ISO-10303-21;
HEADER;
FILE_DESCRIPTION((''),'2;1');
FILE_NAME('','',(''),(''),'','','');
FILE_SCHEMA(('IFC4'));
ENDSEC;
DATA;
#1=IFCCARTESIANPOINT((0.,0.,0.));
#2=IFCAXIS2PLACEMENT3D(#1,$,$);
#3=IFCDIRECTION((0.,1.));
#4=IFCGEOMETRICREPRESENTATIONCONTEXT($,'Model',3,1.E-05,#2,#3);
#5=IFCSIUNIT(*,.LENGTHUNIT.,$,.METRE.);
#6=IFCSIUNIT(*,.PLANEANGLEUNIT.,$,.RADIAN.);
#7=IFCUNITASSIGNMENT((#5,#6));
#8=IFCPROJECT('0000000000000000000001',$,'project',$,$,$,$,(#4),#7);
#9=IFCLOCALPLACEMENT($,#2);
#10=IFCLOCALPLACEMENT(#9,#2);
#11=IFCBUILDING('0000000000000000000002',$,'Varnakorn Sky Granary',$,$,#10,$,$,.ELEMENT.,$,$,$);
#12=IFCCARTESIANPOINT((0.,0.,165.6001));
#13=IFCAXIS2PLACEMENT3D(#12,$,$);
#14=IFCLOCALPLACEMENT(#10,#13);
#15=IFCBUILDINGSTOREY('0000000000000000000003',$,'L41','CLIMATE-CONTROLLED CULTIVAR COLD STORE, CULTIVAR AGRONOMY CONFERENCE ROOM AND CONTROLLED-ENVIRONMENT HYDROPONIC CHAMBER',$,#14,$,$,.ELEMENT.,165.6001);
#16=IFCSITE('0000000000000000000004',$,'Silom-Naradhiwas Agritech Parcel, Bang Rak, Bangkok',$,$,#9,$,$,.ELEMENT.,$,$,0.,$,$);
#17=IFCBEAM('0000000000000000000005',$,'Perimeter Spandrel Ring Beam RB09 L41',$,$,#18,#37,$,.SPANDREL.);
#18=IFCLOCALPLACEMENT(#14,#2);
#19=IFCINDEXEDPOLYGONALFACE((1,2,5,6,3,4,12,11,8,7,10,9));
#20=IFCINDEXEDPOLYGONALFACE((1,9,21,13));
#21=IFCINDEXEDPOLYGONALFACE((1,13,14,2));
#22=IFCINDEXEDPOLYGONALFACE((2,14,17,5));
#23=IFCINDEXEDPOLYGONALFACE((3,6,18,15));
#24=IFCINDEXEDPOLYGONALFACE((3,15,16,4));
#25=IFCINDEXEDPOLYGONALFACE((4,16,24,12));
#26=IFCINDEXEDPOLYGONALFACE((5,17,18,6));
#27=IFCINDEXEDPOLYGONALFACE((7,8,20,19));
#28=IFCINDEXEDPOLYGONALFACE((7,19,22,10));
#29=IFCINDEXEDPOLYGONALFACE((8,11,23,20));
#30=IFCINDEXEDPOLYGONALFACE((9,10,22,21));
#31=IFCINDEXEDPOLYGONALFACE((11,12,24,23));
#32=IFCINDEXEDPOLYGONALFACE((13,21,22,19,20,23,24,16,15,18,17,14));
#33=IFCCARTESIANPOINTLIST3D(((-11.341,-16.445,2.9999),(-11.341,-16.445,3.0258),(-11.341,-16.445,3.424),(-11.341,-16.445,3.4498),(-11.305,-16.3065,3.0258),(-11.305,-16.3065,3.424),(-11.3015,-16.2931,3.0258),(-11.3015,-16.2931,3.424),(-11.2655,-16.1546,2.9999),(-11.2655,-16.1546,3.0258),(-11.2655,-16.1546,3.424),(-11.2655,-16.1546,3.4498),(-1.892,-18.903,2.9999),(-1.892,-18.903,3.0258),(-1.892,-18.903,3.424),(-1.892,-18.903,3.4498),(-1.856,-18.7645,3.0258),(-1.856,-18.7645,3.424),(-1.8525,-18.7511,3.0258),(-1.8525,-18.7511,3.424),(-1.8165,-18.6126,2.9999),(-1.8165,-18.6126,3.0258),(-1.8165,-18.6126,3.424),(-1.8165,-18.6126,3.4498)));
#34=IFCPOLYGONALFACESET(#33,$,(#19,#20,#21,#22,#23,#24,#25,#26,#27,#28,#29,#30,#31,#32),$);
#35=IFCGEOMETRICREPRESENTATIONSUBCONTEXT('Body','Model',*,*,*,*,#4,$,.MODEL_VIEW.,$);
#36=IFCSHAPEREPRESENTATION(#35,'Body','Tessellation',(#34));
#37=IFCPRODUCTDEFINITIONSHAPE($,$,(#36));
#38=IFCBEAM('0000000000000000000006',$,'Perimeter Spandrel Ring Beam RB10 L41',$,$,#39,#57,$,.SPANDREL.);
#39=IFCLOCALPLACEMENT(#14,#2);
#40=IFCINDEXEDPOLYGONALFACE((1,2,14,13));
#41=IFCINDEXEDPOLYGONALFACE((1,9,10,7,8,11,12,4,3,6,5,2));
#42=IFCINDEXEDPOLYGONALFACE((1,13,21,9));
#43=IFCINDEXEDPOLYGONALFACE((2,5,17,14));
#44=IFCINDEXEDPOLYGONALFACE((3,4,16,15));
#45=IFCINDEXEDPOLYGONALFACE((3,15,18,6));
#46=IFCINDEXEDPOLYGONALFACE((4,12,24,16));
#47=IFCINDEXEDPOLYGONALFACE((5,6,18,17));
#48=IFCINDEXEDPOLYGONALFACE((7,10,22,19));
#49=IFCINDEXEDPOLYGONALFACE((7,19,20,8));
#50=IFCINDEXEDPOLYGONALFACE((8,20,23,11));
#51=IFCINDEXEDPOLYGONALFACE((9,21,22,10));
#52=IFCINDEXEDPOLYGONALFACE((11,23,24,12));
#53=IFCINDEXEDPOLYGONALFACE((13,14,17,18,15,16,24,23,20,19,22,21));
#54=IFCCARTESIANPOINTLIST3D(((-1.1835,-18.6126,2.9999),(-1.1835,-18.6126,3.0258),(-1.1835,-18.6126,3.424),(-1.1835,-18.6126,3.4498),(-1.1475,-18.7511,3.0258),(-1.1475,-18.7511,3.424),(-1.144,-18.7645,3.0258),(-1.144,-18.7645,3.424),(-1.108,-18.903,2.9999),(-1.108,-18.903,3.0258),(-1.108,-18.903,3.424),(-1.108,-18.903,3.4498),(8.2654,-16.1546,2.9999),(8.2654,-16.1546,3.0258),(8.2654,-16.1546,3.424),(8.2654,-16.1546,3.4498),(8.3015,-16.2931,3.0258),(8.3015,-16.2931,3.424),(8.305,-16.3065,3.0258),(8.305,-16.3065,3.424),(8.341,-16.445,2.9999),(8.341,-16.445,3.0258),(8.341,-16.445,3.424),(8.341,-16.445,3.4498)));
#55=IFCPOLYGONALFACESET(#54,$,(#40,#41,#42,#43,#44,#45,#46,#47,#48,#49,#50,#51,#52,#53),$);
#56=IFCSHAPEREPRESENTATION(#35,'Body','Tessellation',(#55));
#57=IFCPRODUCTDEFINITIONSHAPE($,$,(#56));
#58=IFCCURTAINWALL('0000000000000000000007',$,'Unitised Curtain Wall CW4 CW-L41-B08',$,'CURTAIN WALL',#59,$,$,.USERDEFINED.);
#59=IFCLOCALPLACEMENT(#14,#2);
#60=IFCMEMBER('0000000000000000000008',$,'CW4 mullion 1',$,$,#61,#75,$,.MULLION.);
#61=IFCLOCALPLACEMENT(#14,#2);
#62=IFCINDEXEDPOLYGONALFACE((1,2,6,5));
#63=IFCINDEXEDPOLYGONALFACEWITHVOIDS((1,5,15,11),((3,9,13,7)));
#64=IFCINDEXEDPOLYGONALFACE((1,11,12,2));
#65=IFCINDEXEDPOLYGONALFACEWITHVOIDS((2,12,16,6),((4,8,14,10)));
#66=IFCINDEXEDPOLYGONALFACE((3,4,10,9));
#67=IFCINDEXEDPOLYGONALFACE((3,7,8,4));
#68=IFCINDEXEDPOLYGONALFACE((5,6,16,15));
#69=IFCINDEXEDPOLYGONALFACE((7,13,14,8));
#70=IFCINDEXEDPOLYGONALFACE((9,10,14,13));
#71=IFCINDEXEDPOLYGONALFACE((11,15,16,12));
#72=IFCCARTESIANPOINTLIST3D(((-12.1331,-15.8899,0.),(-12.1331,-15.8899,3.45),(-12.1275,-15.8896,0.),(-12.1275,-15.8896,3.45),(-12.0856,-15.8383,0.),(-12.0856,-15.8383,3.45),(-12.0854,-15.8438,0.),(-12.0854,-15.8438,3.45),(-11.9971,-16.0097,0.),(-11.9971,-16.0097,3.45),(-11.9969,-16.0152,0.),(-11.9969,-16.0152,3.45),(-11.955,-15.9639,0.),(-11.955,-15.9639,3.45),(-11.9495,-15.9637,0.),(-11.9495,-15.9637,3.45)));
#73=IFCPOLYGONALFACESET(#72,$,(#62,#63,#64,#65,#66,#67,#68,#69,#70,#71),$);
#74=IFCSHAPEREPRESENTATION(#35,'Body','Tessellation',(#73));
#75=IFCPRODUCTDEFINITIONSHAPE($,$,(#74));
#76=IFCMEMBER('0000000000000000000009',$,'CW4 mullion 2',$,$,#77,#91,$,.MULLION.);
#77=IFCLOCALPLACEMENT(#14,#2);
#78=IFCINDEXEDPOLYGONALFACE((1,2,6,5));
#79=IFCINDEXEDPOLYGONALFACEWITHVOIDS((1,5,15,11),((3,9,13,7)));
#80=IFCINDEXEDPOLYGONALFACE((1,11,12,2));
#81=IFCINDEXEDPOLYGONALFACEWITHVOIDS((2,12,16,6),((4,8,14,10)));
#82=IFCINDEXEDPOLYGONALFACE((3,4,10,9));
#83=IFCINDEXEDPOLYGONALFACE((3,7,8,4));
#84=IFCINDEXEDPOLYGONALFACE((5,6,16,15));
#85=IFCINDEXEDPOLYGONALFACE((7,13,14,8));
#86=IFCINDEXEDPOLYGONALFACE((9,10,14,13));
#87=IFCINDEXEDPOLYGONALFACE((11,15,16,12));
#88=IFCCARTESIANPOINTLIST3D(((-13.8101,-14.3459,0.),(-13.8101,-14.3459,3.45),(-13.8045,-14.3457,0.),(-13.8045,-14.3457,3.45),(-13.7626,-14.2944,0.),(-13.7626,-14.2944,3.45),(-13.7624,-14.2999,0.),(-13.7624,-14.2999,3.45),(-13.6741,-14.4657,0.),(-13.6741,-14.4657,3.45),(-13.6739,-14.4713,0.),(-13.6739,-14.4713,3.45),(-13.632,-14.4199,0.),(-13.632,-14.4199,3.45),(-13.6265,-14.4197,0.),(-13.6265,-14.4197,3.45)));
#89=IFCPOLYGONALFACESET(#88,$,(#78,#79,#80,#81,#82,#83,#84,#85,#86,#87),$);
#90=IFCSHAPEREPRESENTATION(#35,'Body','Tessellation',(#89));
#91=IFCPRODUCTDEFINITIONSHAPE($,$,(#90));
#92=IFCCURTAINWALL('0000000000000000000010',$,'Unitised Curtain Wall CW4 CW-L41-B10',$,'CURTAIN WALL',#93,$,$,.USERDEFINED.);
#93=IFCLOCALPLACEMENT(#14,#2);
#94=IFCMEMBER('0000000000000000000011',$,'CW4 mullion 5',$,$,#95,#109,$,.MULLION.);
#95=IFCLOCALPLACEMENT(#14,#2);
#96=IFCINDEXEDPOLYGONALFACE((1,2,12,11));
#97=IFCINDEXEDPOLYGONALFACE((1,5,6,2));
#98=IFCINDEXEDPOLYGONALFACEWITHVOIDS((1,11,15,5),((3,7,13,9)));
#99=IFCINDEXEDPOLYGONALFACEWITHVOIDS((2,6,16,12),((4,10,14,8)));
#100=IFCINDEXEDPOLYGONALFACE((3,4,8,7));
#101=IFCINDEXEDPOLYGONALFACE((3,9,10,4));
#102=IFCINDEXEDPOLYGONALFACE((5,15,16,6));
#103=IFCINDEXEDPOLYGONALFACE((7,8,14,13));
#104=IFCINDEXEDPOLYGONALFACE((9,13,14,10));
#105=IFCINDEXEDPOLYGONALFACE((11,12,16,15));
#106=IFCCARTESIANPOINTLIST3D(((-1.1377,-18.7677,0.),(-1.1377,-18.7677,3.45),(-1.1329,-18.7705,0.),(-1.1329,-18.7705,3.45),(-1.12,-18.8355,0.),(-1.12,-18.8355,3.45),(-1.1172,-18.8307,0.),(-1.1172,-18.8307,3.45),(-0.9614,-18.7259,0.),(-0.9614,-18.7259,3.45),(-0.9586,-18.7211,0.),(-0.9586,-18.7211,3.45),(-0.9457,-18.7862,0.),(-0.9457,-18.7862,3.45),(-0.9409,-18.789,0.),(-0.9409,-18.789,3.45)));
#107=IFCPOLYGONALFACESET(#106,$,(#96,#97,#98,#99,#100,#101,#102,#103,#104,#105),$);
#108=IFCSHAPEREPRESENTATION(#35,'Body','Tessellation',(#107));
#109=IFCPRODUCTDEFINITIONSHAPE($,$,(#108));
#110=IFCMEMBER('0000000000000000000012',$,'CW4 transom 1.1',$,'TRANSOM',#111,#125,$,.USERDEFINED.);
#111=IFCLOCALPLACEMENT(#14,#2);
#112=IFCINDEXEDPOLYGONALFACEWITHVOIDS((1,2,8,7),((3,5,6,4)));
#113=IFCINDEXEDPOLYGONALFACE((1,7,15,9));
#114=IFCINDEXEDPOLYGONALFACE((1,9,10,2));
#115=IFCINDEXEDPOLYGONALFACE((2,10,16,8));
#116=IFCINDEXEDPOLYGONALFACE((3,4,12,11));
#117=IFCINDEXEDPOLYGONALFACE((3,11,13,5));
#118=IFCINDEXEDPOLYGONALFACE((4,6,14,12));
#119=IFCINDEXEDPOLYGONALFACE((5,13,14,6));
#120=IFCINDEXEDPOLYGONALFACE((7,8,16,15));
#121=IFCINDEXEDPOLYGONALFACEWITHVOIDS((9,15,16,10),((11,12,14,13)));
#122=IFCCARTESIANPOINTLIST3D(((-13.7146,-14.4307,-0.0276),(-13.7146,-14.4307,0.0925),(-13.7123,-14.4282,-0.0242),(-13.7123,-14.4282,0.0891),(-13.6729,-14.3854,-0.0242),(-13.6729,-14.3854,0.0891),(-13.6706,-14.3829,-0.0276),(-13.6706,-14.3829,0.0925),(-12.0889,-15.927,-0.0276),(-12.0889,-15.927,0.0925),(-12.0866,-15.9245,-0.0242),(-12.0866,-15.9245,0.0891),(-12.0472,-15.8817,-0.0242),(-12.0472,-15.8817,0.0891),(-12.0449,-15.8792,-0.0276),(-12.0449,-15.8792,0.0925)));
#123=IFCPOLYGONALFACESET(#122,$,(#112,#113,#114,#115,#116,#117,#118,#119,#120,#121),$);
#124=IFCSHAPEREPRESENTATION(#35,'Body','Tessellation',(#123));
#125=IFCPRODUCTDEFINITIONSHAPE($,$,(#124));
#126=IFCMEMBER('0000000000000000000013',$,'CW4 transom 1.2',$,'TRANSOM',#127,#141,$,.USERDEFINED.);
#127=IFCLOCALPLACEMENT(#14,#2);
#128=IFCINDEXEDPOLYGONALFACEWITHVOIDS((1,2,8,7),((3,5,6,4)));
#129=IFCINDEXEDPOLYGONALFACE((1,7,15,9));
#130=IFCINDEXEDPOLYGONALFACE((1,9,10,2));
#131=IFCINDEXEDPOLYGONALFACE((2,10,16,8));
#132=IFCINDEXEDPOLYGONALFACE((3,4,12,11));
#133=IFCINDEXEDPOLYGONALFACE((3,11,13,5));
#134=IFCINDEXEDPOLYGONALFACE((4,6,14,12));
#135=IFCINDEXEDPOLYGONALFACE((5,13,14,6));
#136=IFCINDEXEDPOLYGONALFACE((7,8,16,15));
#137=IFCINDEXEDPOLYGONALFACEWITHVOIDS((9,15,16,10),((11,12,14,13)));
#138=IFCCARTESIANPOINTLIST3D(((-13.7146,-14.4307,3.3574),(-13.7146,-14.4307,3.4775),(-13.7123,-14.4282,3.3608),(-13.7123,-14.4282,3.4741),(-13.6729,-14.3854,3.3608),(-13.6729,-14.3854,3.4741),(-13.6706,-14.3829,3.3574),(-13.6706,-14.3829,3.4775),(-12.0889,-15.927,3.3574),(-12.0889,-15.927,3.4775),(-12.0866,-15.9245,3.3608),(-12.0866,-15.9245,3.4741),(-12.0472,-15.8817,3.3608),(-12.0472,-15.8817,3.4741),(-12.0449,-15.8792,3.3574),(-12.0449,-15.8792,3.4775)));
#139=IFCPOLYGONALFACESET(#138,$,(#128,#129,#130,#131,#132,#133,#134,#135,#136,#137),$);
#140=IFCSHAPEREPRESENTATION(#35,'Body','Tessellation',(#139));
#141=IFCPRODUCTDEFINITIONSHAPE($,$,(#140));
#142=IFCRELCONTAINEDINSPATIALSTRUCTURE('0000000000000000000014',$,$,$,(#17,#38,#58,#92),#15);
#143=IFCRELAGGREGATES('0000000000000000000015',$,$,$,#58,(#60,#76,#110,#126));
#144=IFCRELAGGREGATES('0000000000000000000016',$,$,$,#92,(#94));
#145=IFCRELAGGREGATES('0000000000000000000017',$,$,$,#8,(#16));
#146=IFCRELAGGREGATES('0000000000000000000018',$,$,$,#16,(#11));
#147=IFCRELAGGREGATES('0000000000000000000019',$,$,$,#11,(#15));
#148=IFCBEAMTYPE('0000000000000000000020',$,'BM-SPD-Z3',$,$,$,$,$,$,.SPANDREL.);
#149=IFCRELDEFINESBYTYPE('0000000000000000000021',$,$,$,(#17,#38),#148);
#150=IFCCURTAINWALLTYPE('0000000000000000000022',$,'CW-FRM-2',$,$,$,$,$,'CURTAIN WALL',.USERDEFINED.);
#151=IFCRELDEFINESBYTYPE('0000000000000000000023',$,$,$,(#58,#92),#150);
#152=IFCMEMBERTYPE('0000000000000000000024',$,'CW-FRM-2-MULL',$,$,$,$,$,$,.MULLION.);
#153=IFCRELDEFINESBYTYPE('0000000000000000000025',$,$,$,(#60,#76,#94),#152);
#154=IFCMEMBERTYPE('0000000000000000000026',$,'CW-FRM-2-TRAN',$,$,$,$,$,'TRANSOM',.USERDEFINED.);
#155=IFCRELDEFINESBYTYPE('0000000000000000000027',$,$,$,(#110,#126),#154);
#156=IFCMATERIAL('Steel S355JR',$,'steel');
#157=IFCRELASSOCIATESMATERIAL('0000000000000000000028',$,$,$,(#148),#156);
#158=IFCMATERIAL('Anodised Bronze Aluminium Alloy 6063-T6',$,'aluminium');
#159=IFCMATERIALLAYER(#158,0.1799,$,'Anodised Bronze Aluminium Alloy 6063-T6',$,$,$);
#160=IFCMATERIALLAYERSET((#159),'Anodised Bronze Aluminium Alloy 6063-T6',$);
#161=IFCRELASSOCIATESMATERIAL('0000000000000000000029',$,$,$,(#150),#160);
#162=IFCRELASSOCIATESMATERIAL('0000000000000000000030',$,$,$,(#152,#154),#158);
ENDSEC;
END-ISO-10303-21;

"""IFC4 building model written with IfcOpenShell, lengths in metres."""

from ifc_helpers import new_model, si_unit, direction, frame, origin, origin_2d, place, context, subcontext, project, spatial, hollow_rectangle, i_section, extrude, material, layer, layer_set, material_profile, profile_set, type_object, element, aggregate, save


model = new_model("IFC4")

# Units and contexts
model_context = context("Model", 3, precision=1e-05, world=origin(), true_north=direction((0.0, 1.0)))
body_context = subcontext(model_context, "Body", "Model", "MODEL_VIEW")
ifc_project = project(units=[si_unit("LENGTHUNIT", "METRE"), si_unit("PLANEANGLEUNIT", "RADIAN")], contexts=[model_context])

# Site, building, storey
site_placement = place(None, origin())
site = spatial("IfcSite", under=ifc_project, at=site_placement, Name="Silom-Naradhiwas Agritech Parcel, Bang Rak, Bangkok", CompositionType="ELEMENT", RefElevation=0.0)
building_placement = place(site_placement, origin())
building = spatial("IfcBuilding", under=site, at=building_placement, Name="Varnakorn Sky Granary", CompositionType="ELEMENT")
storey_placement = place(building_placement, frame((0.0, 0.0, 165.6001)))
storey = spatial("IfcBuildingStorey", under=building, at=storey_placement, Name="L41", Description="CLIMATE-CONTROLLED CULTIVAR COLD STORE, CULTIVAR AGRONOMY CONFERENCE ROOM AND CONTROLLED-ENVIRONMENT HYDROPONIC CHAMBER", CompositionType="ELEMENT", Elevation=165.6001)

# Beams
ifc_material_1 = material(Name="Steel S355JR", Category="steel")
ifc_material_profile_1 = material_profile(ifc_material_1, i_section(OverallWidth=0.3, OverallDepth=0.45, WebThickness=0.0139, FlangeThickness=0.0259, at=origin_2d()), Name="HE 450 B")
ifc_profile_set_1 = profile_set([ifc_material_profile_1], Name="Steel S355JR")
beam_type_1 = type_object("IfcBeamType", Name="BM-SPD-Z3", PredefinedType="SPANDREL", material=ifc_profile_set_1)
for number, where, z_axis, x_axis, name in (
    (1, (-11.3032, -16.2998, 3.2249), (0.967791, -0.251756, 0.0), (0.251756, 0.967791, 0.0), "Perimeter Spandrel Ring Beam RB09 L41"),
    (2, (-1.1458, -18.7578, 3.2249), (0.967791, 0.251756, 0.0), (-0.251756, 0.967791, 0.0), "Perimeter Spandrel Ring Beam RB10 L41"),
):
    element("IfcBeam", number, at=place(storey_placement, frame(where, z_axis=z_axis, x_axis=x_axis)), inside=storey, type_object=beam_type_1, Name=name, PredefinedType="SPANDREL", context=body_context, shape_type="SweptSolid", body=[
        extrude(i_section(OverallWidth=0.3, OverallDepth=0.45, WebThickness=0.0139, FlangeThickness=0.0259, at=origin_2d()), origin(), (0.0, 0.0, 1.0), 9.7634),
    ])

# Curtain wall, members
ifc_material_2 = material(Name="Anodised Bronze Aluminium Alloy 6063-T6", Category="aluminium")
ifc_layer_1 = layer(ifc_material_2, 0.1799, Name="Anodised Bronze Aluminium Alloy 6063-T6")
ifc_layer_set_1 = layer_set([ifc_layer_1], Name="Anodised Bronze Aluminium Alloy 6063-T6")
curtain_wall_type = type_object("IfcCurtainWallType", Name="CW-FRM-2", ElementType="CURTAIN WALL", PredefinedType="USERDEFINED", material=ifc_layer_set_1)
curtain_wall_1_placement = place(storey_placement, origin())
curtain_wall_1 = element("IfcCurtainWall", 3, at=curtain_wall_1_placement, inside=storey, type_object=curtain_wall_type, Name="Unitised Curtain Wall CW4 CW-L41-B08", ObjectType="CURTAIN WALL", PredefinedType="USERDEFINED")
ifc_material_profile_2 = material_profile(ifc_material_2, hollow_rectangle(XDim=0.0701, YDim=0.1851, WallThickness=0.0039, at=origin_2d()), Name="ALU MULL 70x185")
ifc_profile_set_2 = profile_set([ifc_material_profile_2], Name="Anodised Bronze Aluminium Alloy 6063-T6")
member_type_1 = type_object("IfcMemberType", Name="CW-FRM-2-MULL", PredefinedType="MULLION", material=ifc_profile_set_2)
member_1_placement = place(storey_placement, frame((-12.0413, -15.9268, 0.0), z_axis=(0.0, 0.0, 1.0), x_axis=(-0.677285, -0.735721, 0.0)))
member_1 = element("IfcMember", 4, at=member_1_placement, type_object=member_type_1, Name="CW4 mullion 1", PredefinedType="MULLION", context=body_context, shape_type="SweptSolid", body=[
    extrude(hollow_rectangle(XDim=0.0701, YDim=0.1851, WallThickness=0.0039, at=origin_2d()), origin(), (0.0, 0.0, 1.0), 3.45),
])
member_2_placement = place(storey_placement, frame((-13.7183, -14.3828, 0.0), z_axis=(0.0, 0.0, 1.0), x_axis=(-0.677285, -0.735721, 0.0)))
member_2 = element("IfcMember", 5, at=member_2_placement, type_object=member_type_1, Name="CW4 mullion 2", PredefinedType="MULLION", context=body_context, shape_type="SweptSolid", body=[
    extrude(hollow_rectangle(XDim=0.0701, YDim=0.1851, WallThickness=0.0039, at=origin_2d()), origin(), (0.0, 0.0, 1.0), 3.45),
])

# Curtain wall, member
curtain_wall_2_placement = place(storey_placement, origin())
curtain_wall_2 = element("IfcCurtainWall", 6, at=curtain_wall_2_placement, inside=storey, type_object=curtain_wall_type, Name="Unitised Curtain Wall CW4 CW-L41-B10", ObjectType="CURTAIN WALL", PredefinedType="USERDEFINED")
member_3_placement = place(storey_placement, frame((-1.0393, -18.7783, 0.0), z_axis=(0.0, 0.0, 1.0), x_axis=(0.251564, -0.967841, 0.0)))
member_3 = element("IfcMember", 7, at=member_3_placement, type_object=member_type_1, Name="CW4 mullion 5", PredefinedType="MULLION", context=body_context, shape_type="SweptSolid", body=[
    extrude(hollow_rectangle(XDim=0.0701, YDim=0.1851, WallThickness=0.0039, at=origin_2d()), origin(), (0.0, 0.0, 1.0), 3.45),
])

# Members
ifc_material_profile_3 = material_profile(ifc_material_2, hollow_rectangle(XDim=0.0649, YDim=0.1201, WallThickness=0.0034, at=origin_2d()), Name="ALU TRAN 65x120")
ifc_profile_set_3 = profile_set([ifc_material_profile_3], Name="Anodised Bronze Aluminium Alloy 6063-T6")
member_type_2 = type_object("IfcMemberType", Name="CW-FRM-2-TRAN", ElementType="TRANSOM", PredefinedType="USERDEFINED", material=ifc_profile_set_3)
member_4_placement = place(storey_placement, frame((-12.0669, -15.9031, 0.0325), z_axis=(-0.735781, 0.677219, 0.0), x_axis=(-0.677219, -0.735781, 0.0)))
member_4 = element("IfcMember", 8, at=member_4_placement, type_object=member_type_2, Name="CW4 transom 1.1", ObjectType="TRANSOM", PredefinedType="USERDEFINED", context=body_context, shape_type="SweptSolid", body=[
    extrude(hollow_rectangle(XDim=0.0649, YDim=0.1201, WallThickness=0.0034, at=origin_2d()), origin(), (0.0, 0.0, 1.0), 2.2095),
])
member_5_placement = place(storey_placement, frame((-12.0669, -15.9031, 3.4175), z_axis=(-0.735781, 0.677219, 0.0), x_axis=(-0.677219, -0.735781, 0.0)))
member_5 = element("IfcMember", 9, at=member_5_placement, type_object=member_type_2, Name="CW4 transom 1.2", ObjectType="TRANSOM", PredefinedType="USERDEFINED", context=body_context, shape_type="SweptSolid", body=[
    extrude(hollow_rectangle(XDim=0.0649, YDim=0.1201, WallThickness=0.0034, at=origin_2d()), origin(), (0.0, 0.0, 1.0), 2.2095),
])

aggregate(curtain_wall_1, [member_1, member_2, member_4, member_5])
aggregate(curtain_wall_2, [member_3])

save(model, "model.ifc")
